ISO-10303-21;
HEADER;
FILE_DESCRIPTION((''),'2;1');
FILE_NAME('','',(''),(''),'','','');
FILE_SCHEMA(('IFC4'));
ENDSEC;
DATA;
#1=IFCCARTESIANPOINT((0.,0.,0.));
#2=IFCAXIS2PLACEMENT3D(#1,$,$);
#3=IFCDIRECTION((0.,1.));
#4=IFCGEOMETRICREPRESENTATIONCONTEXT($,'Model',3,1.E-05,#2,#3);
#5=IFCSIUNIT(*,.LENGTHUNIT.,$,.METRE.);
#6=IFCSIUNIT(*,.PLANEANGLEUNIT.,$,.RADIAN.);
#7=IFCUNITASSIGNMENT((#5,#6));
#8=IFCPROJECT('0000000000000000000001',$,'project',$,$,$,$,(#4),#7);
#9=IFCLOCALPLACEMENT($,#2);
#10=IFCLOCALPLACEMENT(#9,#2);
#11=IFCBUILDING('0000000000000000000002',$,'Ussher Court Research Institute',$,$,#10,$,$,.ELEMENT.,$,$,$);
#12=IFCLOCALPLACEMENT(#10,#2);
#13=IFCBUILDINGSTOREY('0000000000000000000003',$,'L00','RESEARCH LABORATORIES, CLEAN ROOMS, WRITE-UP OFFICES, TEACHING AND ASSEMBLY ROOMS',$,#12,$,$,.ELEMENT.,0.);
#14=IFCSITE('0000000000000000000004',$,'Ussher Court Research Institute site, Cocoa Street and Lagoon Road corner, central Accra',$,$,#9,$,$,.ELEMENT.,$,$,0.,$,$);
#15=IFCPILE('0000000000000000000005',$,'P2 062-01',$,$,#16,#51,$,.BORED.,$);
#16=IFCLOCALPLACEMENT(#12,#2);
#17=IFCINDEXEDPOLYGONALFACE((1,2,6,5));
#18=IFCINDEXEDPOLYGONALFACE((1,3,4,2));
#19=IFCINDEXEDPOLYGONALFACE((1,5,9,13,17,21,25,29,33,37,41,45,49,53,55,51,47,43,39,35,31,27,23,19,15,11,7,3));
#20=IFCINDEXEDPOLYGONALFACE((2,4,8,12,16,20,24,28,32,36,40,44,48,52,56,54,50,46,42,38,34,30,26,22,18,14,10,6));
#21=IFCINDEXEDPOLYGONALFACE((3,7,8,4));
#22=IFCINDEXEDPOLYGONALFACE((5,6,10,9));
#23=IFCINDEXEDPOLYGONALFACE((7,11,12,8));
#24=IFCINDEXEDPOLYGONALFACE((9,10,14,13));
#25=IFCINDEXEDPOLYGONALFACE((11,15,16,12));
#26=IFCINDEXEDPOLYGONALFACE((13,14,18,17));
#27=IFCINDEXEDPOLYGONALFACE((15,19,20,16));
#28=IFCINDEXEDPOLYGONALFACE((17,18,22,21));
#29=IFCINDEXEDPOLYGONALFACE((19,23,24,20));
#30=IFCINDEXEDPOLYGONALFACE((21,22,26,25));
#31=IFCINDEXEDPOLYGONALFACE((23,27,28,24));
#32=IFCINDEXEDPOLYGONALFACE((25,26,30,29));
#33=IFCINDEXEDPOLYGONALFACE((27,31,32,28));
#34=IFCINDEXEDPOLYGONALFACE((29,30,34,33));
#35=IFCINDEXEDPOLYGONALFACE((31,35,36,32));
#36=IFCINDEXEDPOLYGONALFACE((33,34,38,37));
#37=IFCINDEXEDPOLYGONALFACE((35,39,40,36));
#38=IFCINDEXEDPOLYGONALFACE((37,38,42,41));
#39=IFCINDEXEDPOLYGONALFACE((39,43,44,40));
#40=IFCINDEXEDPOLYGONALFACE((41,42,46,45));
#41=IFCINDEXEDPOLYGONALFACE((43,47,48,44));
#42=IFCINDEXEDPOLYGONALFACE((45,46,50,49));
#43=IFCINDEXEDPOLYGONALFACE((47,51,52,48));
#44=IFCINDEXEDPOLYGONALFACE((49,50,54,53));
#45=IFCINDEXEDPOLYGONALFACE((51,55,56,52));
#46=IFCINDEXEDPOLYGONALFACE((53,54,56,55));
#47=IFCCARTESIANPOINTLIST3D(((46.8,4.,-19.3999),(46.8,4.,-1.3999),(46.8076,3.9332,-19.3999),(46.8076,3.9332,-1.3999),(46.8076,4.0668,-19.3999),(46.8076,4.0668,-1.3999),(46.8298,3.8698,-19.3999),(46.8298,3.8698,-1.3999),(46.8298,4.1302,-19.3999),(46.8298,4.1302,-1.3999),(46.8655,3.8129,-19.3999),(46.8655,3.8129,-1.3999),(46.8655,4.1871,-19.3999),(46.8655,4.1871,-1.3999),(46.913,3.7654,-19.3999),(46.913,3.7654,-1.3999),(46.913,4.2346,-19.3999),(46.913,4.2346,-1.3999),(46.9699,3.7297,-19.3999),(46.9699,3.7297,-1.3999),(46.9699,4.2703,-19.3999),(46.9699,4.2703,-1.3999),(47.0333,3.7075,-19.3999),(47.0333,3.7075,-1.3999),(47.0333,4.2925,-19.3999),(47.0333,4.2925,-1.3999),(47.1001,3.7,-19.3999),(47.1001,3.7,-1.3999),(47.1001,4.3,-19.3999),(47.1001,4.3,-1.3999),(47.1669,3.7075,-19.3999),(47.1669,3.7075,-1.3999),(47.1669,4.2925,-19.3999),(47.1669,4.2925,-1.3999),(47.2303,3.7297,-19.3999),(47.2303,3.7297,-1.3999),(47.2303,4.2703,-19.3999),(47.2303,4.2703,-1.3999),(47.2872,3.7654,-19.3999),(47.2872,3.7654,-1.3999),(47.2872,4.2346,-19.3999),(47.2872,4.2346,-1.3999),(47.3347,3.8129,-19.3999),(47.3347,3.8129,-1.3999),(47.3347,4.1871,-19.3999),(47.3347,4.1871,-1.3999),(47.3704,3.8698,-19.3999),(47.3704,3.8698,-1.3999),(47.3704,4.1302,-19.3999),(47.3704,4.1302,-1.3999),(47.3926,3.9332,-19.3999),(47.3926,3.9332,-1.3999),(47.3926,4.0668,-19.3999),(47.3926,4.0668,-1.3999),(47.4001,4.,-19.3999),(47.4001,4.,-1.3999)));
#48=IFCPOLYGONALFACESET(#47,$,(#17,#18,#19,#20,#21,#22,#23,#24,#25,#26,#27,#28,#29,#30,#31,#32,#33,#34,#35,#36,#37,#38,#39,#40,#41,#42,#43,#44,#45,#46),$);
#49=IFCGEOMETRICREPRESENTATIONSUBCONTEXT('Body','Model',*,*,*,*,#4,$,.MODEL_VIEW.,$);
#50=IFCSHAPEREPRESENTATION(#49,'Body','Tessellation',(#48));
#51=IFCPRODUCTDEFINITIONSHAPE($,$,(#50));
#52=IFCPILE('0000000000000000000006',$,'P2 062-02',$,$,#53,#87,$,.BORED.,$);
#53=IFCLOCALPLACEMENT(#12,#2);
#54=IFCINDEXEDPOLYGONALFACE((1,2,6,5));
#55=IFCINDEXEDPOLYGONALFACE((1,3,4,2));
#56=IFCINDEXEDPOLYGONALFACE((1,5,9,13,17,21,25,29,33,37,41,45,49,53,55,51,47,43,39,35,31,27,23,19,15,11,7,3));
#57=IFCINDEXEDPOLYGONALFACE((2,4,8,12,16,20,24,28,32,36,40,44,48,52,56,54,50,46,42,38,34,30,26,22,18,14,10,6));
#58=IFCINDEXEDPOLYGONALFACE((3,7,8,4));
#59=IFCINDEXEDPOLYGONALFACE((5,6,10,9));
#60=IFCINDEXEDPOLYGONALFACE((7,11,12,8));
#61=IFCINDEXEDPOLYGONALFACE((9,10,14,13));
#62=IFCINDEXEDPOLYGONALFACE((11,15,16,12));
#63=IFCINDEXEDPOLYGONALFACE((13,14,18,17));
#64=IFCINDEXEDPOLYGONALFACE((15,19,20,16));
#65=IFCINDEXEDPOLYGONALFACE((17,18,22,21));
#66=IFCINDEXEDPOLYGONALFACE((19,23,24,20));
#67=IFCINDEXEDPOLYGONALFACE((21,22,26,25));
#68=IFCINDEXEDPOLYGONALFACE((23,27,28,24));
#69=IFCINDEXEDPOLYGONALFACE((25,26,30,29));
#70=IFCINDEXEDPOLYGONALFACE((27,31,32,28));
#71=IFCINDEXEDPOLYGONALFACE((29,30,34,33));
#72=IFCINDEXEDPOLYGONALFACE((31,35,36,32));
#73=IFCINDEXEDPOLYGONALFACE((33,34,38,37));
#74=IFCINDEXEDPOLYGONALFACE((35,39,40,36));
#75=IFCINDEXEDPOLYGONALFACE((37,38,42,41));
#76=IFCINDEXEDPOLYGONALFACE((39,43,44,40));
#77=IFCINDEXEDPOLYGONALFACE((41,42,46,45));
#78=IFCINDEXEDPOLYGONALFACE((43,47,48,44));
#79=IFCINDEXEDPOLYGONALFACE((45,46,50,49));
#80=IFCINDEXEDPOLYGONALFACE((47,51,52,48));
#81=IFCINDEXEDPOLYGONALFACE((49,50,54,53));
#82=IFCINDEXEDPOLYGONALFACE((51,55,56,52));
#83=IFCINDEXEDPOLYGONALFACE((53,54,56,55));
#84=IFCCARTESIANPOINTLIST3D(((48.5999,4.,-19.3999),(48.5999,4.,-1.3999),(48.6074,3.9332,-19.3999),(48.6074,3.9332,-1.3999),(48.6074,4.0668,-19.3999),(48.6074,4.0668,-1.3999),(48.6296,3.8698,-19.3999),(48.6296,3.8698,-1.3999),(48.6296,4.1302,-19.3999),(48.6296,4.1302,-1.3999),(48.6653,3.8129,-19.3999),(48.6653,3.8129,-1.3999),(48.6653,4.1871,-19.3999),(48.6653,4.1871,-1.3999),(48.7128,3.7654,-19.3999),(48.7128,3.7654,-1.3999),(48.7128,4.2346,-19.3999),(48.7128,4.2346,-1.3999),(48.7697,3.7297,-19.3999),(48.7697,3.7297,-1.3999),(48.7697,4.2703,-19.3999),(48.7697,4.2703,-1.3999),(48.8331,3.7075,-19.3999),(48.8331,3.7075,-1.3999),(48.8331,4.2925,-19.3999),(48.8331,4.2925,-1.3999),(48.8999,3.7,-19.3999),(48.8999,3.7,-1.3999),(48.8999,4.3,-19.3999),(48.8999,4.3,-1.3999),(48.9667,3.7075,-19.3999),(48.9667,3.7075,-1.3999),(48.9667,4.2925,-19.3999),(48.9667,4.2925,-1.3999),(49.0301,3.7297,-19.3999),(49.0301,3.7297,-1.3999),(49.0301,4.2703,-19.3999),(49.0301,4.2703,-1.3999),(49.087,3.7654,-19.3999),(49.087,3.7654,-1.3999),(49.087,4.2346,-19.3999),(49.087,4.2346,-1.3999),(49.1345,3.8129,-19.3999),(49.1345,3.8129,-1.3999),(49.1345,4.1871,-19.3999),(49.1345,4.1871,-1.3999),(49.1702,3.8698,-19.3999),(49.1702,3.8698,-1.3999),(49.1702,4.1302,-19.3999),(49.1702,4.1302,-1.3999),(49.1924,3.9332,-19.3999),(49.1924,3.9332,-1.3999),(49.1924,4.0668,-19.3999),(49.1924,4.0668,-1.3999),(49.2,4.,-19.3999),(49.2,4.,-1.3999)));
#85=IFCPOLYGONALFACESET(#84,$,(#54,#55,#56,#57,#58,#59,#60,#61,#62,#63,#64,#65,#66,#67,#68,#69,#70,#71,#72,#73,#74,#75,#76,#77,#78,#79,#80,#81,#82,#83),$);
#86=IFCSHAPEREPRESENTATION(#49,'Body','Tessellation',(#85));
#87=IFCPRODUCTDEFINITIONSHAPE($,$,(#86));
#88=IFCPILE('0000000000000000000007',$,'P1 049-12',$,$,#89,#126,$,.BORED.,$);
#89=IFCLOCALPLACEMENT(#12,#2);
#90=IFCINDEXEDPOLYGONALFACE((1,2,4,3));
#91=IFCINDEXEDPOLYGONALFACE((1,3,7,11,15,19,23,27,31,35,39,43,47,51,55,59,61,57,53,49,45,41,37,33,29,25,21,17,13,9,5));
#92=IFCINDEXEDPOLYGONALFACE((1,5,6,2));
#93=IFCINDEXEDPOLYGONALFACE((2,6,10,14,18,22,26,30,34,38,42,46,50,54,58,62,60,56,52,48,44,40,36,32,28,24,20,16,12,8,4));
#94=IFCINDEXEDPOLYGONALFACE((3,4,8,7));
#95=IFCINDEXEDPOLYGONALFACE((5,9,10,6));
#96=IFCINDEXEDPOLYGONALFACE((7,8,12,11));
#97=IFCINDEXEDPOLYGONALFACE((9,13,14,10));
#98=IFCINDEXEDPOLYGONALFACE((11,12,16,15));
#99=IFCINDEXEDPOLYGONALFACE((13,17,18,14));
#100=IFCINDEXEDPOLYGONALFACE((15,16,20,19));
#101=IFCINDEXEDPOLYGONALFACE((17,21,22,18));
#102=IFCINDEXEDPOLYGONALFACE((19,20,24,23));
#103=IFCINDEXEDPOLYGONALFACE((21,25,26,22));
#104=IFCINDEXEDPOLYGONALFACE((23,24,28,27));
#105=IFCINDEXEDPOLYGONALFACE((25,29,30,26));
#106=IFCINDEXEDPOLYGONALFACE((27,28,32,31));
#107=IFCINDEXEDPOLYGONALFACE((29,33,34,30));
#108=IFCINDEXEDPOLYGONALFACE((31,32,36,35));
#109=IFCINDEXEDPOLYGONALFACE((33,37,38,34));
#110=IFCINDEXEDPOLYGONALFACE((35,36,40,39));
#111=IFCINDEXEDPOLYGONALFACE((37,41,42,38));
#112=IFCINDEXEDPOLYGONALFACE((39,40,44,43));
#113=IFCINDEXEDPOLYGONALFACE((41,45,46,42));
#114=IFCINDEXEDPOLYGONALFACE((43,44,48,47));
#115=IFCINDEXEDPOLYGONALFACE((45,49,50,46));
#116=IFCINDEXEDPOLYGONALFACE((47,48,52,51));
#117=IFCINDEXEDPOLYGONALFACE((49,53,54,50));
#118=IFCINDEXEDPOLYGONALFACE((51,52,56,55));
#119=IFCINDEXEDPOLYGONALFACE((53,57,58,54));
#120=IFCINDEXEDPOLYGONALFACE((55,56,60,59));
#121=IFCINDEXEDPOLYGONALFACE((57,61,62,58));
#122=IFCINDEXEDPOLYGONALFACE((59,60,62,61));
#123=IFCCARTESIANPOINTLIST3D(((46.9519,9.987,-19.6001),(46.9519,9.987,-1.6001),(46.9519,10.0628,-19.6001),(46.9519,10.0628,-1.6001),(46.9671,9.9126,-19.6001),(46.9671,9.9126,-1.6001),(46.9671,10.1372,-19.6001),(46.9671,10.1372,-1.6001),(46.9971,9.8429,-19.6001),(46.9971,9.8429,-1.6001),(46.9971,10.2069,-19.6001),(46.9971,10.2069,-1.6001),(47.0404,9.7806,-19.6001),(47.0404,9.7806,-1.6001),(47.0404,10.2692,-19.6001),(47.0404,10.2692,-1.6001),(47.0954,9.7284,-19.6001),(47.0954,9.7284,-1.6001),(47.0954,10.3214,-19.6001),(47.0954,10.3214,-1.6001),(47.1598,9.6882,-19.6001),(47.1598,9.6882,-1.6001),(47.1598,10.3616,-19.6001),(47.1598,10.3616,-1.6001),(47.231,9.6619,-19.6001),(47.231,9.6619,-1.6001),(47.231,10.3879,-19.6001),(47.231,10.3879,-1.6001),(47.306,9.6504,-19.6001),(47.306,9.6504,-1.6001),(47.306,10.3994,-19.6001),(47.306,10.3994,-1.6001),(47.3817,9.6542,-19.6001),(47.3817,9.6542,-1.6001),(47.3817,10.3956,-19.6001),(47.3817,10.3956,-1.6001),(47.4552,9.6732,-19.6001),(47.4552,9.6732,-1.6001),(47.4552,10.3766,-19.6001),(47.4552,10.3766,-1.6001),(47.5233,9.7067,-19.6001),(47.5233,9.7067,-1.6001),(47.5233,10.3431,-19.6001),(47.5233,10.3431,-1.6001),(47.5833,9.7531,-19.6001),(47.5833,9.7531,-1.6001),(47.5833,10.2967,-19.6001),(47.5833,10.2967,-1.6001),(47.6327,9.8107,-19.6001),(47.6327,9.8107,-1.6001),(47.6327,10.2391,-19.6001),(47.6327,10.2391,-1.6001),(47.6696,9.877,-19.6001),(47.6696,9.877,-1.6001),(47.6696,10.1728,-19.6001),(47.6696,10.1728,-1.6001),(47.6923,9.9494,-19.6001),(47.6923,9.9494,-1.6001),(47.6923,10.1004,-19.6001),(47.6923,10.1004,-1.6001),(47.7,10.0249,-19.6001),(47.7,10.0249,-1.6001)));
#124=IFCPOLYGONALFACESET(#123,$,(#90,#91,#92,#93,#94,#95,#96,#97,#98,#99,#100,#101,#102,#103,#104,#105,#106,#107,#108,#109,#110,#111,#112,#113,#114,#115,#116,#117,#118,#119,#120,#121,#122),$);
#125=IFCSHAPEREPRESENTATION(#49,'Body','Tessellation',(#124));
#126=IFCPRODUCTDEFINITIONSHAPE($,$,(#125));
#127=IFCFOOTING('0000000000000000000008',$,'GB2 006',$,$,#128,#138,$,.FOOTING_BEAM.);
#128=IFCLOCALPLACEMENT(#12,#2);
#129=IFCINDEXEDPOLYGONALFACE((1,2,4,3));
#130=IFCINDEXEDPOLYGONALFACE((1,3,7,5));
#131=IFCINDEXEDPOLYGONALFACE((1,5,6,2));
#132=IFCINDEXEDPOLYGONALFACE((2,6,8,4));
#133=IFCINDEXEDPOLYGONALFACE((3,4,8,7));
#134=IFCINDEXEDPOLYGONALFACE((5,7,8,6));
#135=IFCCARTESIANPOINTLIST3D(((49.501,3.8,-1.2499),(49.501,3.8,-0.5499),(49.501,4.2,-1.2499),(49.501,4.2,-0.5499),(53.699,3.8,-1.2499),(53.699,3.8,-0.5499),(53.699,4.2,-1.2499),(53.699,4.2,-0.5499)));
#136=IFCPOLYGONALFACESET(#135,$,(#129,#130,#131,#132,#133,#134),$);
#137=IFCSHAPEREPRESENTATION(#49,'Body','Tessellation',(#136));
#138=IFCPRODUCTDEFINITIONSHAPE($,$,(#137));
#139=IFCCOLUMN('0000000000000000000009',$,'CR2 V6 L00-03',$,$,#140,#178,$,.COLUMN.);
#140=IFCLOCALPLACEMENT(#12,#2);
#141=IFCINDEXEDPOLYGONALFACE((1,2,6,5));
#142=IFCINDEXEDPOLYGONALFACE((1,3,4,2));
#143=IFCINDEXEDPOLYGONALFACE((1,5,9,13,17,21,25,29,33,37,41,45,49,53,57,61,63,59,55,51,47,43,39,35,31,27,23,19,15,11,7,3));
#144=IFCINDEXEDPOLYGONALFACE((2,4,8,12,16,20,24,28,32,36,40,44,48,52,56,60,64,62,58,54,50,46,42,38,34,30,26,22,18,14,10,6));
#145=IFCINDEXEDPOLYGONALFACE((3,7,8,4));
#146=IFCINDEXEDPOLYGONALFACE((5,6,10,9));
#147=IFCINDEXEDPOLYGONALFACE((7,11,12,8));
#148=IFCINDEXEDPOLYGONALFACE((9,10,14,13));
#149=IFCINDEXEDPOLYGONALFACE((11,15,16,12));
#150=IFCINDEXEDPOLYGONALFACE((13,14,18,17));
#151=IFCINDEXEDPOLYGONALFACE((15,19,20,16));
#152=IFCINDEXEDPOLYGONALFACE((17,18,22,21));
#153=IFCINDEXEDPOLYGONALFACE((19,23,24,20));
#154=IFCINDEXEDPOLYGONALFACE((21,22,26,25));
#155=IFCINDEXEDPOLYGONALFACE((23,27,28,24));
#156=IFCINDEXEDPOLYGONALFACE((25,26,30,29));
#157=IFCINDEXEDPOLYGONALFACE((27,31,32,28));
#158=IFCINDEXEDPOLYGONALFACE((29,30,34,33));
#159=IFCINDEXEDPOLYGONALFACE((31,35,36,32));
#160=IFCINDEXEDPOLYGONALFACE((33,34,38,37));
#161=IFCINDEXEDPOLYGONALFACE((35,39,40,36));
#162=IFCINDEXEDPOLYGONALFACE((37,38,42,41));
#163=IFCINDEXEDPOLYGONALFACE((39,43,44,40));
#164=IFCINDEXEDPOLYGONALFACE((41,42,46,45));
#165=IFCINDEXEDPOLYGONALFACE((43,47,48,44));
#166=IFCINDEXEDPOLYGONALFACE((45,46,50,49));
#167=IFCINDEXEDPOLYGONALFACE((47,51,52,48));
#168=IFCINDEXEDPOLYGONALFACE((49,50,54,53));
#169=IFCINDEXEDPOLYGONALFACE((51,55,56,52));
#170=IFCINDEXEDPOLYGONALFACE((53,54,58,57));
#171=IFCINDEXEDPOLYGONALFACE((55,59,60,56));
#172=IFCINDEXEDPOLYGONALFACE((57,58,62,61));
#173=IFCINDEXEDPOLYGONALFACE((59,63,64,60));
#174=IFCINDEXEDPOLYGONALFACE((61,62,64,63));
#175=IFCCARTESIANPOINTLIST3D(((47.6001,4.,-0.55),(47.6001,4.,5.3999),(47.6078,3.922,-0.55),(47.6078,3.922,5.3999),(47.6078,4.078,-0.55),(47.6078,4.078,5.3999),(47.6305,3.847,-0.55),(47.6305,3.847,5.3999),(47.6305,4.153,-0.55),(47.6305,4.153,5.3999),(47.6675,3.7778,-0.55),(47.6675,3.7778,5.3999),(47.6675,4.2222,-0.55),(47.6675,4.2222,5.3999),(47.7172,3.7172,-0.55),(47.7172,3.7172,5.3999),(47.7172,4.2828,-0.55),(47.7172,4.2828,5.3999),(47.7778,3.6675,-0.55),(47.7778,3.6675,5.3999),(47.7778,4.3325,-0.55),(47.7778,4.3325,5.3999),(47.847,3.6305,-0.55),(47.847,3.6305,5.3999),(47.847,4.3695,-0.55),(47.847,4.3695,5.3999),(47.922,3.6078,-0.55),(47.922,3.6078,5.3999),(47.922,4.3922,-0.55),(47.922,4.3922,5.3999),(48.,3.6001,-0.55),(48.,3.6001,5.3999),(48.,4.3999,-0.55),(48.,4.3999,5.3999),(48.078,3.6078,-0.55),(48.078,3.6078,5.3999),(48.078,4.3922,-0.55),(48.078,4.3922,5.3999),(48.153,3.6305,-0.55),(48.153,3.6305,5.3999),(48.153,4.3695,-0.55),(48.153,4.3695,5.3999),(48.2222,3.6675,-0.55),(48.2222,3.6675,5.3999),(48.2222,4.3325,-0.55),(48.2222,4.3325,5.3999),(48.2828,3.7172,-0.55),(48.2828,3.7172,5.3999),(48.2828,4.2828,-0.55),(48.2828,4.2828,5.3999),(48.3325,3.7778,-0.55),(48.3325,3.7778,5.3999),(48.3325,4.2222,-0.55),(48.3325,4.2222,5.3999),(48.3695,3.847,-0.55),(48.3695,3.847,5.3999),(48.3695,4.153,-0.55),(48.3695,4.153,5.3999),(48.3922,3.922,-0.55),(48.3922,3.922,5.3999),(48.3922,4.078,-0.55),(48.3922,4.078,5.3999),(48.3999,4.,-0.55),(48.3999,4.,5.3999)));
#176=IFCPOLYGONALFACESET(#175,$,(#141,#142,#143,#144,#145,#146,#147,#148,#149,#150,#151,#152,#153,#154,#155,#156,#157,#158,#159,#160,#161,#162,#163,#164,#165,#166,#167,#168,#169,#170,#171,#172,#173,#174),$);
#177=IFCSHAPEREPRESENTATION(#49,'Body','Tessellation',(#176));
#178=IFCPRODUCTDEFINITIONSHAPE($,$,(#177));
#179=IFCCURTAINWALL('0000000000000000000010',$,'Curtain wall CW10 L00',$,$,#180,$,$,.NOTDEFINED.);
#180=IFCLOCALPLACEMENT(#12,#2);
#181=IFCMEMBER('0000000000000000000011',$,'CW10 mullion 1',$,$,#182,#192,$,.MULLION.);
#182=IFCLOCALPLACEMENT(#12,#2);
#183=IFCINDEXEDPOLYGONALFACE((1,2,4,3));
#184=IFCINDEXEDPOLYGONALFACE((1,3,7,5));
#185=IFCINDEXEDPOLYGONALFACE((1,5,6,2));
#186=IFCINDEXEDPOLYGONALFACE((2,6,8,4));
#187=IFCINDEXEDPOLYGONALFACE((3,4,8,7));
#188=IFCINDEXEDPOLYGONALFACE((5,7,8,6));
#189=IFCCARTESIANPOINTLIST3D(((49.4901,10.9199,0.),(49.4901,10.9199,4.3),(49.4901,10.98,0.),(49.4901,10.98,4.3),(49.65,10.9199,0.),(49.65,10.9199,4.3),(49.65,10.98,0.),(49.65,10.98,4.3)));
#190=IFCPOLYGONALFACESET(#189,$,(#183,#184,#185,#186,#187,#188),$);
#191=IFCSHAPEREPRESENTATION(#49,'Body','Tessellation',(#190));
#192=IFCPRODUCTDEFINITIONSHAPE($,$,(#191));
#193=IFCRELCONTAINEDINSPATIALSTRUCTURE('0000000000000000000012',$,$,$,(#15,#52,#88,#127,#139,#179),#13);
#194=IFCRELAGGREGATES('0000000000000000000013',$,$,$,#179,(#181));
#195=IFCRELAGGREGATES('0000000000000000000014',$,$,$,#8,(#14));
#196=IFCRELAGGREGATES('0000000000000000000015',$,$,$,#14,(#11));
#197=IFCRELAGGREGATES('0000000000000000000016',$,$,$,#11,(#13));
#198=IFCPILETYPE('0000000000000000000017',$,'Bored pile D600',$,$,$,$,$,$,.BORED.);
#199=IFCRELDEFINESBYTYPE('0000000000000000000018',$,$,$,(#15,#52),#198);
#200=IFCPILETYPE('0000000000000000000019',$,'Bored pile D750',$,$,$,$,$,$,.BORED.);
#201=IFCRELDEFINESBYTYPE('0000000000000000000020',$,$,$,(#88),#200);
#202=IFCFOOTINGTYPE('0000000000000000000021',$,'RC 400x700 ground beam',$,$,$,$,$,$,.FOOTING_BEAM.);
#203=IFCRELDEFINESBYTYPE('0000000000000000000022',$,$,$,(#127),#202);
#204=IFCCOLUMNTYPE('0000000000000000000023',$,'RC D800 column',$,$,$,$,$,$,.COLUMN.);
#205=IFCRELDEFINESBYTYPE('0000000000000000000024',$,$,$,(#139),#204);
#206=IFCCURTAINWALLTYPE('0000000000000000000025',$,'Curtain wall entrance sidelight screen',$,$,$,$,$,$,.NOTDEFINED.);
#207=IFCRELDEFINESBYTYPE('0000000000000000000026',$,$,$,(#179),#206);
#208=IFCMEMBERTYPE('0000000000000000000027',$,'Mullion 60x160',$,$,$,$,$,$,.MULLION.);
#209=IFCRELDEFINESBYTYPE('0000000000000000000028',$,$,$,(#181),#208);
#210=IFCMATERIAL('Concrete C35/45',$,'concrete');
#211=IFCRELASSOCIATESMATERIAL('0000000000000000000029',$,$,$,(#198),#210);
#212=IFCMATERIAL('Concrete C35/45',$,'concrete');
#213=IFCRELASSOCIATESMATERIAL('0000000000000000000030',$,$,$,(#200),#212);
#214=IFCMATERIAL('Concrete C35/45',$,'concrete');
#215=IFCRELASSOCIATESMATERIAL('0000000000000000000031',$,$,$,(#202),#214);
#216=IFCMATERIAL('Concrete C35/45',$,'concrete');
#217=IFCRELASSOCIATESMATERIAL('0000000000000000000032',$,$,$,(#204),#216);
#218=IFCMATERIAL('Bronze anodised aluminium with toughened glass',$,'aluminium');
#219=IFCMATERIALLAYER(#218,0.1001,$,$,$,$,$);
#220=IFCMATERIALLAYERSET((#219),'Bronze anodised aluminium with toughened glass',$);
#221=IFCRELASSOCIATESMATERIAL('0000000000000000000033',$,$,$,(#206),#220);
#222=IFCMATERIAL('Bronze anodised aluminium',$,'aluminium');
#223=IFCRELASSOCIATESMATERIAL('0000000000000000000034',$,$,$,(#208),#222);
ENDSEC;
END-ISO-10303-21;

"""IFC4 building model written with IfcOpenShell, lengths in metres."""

from ifc_helpers import new_model, si_unit, direction, frame, origin, origin_2d, place, context, subcontext, project, spatial, rectangle, circle, extrude, material, layer, layer_set, material_profile, profile_set, type_object, element, aggregate, save


model = new_model("IFC4")

# Units and contexts
model_context = context("Model", 3, precision=1e-05, world=origin(), true_north=direction((0.0, 1.0)))
body_context = subcontext(model_context, "Body", "Model", "MODEL_VIEW")
ifc_project = project(units=[si_unit("LENGTHUNIT", "METRE"), si_unit("PLANEANGLEUNIT", "RADIAN")], contexts=[model_context])

# Site, building, storey
site_placement = place(None, origin())
site = spatial("IfcSite", under=ifc_project, at=site_placement, Name="Ussher Court Research Institute site, Cocoa Street and Lagoon Road corner, central Accra", CompositionType="ELEMENT", RefElevation=0.0)
building_placement = place(site_placement, origin())
building = spatial("IfcBuilding", under=site, at=building_placement, Name="Ussher Court Research Institute", CompositionType="ELEMENT")
storey_placement = place(building_placement, origin())
storey = spatial("IfcBuildingStorey", under=building, at=storey_placement, Name="L00", Description="RESEARCH LABORATORIES, CLEAN ROOMS, WRITE-UP OFFICES, TEACHING AND ASSEMBLY ROOMS", CompositionType="ELEMENT", Elevation=0.0)

# Piles
ifc_material_1 = material(Name="Concrete C35/45", Category="concrete")
ifc_material_profile_1 = material_profile(ifc_material_1, circle(Radius=0.3, at=origin_2d()), Name="RC D600")
ifc_profile_set_1 = profile_set([ifc_material_profile_1], Name="Concrete C35/45")
pile_type_1 = type_object("IfcPileType", Name="Bored pile D600", PredefinedType="BORED", material=ifc_profile_set_1)
for number, where, z_axis, x_axis, name in (
    (1, (47.1001, 4.0, -1.3999), (0.0, 0.0, -1.0), (1.0, 0.0, 0.0), "P2 062-01"),
    (2, (48.8999, 4.0, -1.3999), (0.0, 0.0, -1.0), (1.0, 0.0, 0.0), "P2 062-02"),
):
    element("IfcPile", number, at=place(storey_placement, frame(where, z_axis=z_axis, x_axis=x_axis)), inside=storey, type_object=pile_type_1, Name=name, PredefinedType="BORED", context=body_context, shape_type="SweptSolid", body=[
        extrude(circle(Radius=0.3, at=origin_2d()), origin(), (0.0, 0.0, 1.0), 18.0),
    ])
ifc_material_2 = material(Name="Concrete C35/45", Category="concrete")
ifc_material_profile_2 = material_profile(ifc_material_2, circle(Radius=0.375, at=origin_2d()), Name="RC D750")
ifc_profile_set_2 = profile_set([ifc_material_profile_2], Name="Concrete C35/45")
pile_type_2 = type_object("IfcPileType", Name="Bored pile D750", PredefinedType="BORED", material=ifc_profile_set_2)
pile_placement = place(storey_placement, frame((47.325, 10.0249, -1.6001), z_axis=(0.0, 0.0, -1.0), x_axis=(1.0, 0.0, 0.0)))
element("IfcPile", 3, at=pile_placement, inside=storey, type_object=pile_type_2, Name="P1 049-12", PredefinedType="BORED", context=body_context, shape_type="SweptSolid", body=[
    extrude(circle(Radius=0.375, at=origin_2d()), origin(), (0.0, 0.0, 1.0), 18.0),
])

# Footing
ifc_material_3 = material(Name="Concrete C35/45", Category="concrete")
ifc_material_profile_3 = material_profile(ifc_material_3, rectangle(XDim=0.3999, YDim=0.7, at=origin_2d()), Name="RC 400x700")
ifc_profile_set_3 = profile_set([ifc_material_profile_3], Name="Concrete C35/45")
footing_type = type_object("IfcFootingType", Name="RC 400x700 ground beam", PredefinedType="FOOTING_BEAM", material=ifc_profile_set_3)
footing_placement = place(storey_placement, frame((49.501, 4.0, -0.8999), z_axis=(1.0, 0.0, 0.0), x_axis=(0.0, 1.0, 0.0)))
element("IfcFooting", 4, at=footing_placement, inside=storey, type_object=footing_type, Name="GB2 006", PredefinedType="FOOTING_BEAM", context=body_context, shape_type="SweptSolid", body=[
    extrude(rectangle(XDim=0.3999, YDim=0.7, at=origin_2d()), origin(), (0.0, 0.0, 1.0), 4.198),
])

# Column
ifc_material_4 = material(Name="Concrete C35/45", Category="concrete")
ifc_material_profile_4 = material_profile(ifc_material_4, circle(Radius=0.3999, at=origin_2d()), Name="RC D800")
ifc_profile_set_4 = profile_set([ifc_material_profile_4], Name="Concrete C35/45")
column_type = type_object("IfcColumnType", Name="RC D800 column", PredefinedType="COLUMN", material=ifc_profile_set_4)
column_placement = place(storey_placement, frame((48.0, 4.0, -0.55), z_axis=(0.0, 0.0, 1.0), x_axis=(1.0, 0.0, 0.0)))
element("IfcColumn", 5, at=column_placement, inside=storey, type_object=column_type, Name="CR2 V6 L00-03", PredefinedType="COLUMN", context=body_context, shape_type="SweptSolid", body=[
    extrude(circle(Radius=0.3999, at=origin_2d()), origin(), (0.0, 0.0, 1.0), 5.95),
])

# Curtain wall, member
ifc_material_5 = material(Name="Bronze anodised aluminium with toughened glass", Category="aluminium")
ifc_layer_1 = layer(ifc_material_5, 0.1001)
ifc_layer_set_1 = layer_set([ifc_layer_1], Name="Bronze anodised aluminium with toughened glass")
curtain_wall_type = type_object("IfcCurtainWallType", Name="Curtain wall entrance sidelight screen", PredefinedType="NOTDEFINED", material=ifc_layer_set_1)
curtain_wall_placement = place(storey_placement, origin())
curtain_wall = element("IfcCurtainWall", 6, at=curtain_wall_placement, inside=storey, type_object=curtain_wall_type, Name="Curtain wall CW10 L00", PredefinedType="NOTDEFINED")
ifc_material_6 = material(Name="Bronze anodised aluminium", Category="aluminium")
ifc_material_profile_5 = material_profile(ifc_material_6, rectangle(XDim=0.0601, YDim=0.1599, at=origin_2d()), Name="Mullion 60x160")
ifc_profile_set_5 = profile_set([ifc_material_profile_5], Name="Bronze anodised aluminium")
member_type_1 = type_object("IfcMemberType", Name="Mullion 60x160", PredefinedType="MULLION", material=ifc_profile_set_5)
member_1_placement = place(storey_placement, frame((49.5701, 10.95, 0.0), z_axis=(0.0, 0.0, 1.0), x_axis=(0.0, -1.0, 0.0)))
member_1 = element("IfcMember", 7, at=member_1_placement, type_object=member_type_1, Name="CW10 mullion 1", PredefinedType="MULLION", context=body_context, shape_type="SweptSolid", body=[
    extrude(rectangle(XDim=0.0601, YDim=0.1599, at=origin_2d()), origin(), (0.0, 0.0, 1.0), 4.3),
])
aggregate(curtain_wall, [member_1])

save(model, "model.ifc")
